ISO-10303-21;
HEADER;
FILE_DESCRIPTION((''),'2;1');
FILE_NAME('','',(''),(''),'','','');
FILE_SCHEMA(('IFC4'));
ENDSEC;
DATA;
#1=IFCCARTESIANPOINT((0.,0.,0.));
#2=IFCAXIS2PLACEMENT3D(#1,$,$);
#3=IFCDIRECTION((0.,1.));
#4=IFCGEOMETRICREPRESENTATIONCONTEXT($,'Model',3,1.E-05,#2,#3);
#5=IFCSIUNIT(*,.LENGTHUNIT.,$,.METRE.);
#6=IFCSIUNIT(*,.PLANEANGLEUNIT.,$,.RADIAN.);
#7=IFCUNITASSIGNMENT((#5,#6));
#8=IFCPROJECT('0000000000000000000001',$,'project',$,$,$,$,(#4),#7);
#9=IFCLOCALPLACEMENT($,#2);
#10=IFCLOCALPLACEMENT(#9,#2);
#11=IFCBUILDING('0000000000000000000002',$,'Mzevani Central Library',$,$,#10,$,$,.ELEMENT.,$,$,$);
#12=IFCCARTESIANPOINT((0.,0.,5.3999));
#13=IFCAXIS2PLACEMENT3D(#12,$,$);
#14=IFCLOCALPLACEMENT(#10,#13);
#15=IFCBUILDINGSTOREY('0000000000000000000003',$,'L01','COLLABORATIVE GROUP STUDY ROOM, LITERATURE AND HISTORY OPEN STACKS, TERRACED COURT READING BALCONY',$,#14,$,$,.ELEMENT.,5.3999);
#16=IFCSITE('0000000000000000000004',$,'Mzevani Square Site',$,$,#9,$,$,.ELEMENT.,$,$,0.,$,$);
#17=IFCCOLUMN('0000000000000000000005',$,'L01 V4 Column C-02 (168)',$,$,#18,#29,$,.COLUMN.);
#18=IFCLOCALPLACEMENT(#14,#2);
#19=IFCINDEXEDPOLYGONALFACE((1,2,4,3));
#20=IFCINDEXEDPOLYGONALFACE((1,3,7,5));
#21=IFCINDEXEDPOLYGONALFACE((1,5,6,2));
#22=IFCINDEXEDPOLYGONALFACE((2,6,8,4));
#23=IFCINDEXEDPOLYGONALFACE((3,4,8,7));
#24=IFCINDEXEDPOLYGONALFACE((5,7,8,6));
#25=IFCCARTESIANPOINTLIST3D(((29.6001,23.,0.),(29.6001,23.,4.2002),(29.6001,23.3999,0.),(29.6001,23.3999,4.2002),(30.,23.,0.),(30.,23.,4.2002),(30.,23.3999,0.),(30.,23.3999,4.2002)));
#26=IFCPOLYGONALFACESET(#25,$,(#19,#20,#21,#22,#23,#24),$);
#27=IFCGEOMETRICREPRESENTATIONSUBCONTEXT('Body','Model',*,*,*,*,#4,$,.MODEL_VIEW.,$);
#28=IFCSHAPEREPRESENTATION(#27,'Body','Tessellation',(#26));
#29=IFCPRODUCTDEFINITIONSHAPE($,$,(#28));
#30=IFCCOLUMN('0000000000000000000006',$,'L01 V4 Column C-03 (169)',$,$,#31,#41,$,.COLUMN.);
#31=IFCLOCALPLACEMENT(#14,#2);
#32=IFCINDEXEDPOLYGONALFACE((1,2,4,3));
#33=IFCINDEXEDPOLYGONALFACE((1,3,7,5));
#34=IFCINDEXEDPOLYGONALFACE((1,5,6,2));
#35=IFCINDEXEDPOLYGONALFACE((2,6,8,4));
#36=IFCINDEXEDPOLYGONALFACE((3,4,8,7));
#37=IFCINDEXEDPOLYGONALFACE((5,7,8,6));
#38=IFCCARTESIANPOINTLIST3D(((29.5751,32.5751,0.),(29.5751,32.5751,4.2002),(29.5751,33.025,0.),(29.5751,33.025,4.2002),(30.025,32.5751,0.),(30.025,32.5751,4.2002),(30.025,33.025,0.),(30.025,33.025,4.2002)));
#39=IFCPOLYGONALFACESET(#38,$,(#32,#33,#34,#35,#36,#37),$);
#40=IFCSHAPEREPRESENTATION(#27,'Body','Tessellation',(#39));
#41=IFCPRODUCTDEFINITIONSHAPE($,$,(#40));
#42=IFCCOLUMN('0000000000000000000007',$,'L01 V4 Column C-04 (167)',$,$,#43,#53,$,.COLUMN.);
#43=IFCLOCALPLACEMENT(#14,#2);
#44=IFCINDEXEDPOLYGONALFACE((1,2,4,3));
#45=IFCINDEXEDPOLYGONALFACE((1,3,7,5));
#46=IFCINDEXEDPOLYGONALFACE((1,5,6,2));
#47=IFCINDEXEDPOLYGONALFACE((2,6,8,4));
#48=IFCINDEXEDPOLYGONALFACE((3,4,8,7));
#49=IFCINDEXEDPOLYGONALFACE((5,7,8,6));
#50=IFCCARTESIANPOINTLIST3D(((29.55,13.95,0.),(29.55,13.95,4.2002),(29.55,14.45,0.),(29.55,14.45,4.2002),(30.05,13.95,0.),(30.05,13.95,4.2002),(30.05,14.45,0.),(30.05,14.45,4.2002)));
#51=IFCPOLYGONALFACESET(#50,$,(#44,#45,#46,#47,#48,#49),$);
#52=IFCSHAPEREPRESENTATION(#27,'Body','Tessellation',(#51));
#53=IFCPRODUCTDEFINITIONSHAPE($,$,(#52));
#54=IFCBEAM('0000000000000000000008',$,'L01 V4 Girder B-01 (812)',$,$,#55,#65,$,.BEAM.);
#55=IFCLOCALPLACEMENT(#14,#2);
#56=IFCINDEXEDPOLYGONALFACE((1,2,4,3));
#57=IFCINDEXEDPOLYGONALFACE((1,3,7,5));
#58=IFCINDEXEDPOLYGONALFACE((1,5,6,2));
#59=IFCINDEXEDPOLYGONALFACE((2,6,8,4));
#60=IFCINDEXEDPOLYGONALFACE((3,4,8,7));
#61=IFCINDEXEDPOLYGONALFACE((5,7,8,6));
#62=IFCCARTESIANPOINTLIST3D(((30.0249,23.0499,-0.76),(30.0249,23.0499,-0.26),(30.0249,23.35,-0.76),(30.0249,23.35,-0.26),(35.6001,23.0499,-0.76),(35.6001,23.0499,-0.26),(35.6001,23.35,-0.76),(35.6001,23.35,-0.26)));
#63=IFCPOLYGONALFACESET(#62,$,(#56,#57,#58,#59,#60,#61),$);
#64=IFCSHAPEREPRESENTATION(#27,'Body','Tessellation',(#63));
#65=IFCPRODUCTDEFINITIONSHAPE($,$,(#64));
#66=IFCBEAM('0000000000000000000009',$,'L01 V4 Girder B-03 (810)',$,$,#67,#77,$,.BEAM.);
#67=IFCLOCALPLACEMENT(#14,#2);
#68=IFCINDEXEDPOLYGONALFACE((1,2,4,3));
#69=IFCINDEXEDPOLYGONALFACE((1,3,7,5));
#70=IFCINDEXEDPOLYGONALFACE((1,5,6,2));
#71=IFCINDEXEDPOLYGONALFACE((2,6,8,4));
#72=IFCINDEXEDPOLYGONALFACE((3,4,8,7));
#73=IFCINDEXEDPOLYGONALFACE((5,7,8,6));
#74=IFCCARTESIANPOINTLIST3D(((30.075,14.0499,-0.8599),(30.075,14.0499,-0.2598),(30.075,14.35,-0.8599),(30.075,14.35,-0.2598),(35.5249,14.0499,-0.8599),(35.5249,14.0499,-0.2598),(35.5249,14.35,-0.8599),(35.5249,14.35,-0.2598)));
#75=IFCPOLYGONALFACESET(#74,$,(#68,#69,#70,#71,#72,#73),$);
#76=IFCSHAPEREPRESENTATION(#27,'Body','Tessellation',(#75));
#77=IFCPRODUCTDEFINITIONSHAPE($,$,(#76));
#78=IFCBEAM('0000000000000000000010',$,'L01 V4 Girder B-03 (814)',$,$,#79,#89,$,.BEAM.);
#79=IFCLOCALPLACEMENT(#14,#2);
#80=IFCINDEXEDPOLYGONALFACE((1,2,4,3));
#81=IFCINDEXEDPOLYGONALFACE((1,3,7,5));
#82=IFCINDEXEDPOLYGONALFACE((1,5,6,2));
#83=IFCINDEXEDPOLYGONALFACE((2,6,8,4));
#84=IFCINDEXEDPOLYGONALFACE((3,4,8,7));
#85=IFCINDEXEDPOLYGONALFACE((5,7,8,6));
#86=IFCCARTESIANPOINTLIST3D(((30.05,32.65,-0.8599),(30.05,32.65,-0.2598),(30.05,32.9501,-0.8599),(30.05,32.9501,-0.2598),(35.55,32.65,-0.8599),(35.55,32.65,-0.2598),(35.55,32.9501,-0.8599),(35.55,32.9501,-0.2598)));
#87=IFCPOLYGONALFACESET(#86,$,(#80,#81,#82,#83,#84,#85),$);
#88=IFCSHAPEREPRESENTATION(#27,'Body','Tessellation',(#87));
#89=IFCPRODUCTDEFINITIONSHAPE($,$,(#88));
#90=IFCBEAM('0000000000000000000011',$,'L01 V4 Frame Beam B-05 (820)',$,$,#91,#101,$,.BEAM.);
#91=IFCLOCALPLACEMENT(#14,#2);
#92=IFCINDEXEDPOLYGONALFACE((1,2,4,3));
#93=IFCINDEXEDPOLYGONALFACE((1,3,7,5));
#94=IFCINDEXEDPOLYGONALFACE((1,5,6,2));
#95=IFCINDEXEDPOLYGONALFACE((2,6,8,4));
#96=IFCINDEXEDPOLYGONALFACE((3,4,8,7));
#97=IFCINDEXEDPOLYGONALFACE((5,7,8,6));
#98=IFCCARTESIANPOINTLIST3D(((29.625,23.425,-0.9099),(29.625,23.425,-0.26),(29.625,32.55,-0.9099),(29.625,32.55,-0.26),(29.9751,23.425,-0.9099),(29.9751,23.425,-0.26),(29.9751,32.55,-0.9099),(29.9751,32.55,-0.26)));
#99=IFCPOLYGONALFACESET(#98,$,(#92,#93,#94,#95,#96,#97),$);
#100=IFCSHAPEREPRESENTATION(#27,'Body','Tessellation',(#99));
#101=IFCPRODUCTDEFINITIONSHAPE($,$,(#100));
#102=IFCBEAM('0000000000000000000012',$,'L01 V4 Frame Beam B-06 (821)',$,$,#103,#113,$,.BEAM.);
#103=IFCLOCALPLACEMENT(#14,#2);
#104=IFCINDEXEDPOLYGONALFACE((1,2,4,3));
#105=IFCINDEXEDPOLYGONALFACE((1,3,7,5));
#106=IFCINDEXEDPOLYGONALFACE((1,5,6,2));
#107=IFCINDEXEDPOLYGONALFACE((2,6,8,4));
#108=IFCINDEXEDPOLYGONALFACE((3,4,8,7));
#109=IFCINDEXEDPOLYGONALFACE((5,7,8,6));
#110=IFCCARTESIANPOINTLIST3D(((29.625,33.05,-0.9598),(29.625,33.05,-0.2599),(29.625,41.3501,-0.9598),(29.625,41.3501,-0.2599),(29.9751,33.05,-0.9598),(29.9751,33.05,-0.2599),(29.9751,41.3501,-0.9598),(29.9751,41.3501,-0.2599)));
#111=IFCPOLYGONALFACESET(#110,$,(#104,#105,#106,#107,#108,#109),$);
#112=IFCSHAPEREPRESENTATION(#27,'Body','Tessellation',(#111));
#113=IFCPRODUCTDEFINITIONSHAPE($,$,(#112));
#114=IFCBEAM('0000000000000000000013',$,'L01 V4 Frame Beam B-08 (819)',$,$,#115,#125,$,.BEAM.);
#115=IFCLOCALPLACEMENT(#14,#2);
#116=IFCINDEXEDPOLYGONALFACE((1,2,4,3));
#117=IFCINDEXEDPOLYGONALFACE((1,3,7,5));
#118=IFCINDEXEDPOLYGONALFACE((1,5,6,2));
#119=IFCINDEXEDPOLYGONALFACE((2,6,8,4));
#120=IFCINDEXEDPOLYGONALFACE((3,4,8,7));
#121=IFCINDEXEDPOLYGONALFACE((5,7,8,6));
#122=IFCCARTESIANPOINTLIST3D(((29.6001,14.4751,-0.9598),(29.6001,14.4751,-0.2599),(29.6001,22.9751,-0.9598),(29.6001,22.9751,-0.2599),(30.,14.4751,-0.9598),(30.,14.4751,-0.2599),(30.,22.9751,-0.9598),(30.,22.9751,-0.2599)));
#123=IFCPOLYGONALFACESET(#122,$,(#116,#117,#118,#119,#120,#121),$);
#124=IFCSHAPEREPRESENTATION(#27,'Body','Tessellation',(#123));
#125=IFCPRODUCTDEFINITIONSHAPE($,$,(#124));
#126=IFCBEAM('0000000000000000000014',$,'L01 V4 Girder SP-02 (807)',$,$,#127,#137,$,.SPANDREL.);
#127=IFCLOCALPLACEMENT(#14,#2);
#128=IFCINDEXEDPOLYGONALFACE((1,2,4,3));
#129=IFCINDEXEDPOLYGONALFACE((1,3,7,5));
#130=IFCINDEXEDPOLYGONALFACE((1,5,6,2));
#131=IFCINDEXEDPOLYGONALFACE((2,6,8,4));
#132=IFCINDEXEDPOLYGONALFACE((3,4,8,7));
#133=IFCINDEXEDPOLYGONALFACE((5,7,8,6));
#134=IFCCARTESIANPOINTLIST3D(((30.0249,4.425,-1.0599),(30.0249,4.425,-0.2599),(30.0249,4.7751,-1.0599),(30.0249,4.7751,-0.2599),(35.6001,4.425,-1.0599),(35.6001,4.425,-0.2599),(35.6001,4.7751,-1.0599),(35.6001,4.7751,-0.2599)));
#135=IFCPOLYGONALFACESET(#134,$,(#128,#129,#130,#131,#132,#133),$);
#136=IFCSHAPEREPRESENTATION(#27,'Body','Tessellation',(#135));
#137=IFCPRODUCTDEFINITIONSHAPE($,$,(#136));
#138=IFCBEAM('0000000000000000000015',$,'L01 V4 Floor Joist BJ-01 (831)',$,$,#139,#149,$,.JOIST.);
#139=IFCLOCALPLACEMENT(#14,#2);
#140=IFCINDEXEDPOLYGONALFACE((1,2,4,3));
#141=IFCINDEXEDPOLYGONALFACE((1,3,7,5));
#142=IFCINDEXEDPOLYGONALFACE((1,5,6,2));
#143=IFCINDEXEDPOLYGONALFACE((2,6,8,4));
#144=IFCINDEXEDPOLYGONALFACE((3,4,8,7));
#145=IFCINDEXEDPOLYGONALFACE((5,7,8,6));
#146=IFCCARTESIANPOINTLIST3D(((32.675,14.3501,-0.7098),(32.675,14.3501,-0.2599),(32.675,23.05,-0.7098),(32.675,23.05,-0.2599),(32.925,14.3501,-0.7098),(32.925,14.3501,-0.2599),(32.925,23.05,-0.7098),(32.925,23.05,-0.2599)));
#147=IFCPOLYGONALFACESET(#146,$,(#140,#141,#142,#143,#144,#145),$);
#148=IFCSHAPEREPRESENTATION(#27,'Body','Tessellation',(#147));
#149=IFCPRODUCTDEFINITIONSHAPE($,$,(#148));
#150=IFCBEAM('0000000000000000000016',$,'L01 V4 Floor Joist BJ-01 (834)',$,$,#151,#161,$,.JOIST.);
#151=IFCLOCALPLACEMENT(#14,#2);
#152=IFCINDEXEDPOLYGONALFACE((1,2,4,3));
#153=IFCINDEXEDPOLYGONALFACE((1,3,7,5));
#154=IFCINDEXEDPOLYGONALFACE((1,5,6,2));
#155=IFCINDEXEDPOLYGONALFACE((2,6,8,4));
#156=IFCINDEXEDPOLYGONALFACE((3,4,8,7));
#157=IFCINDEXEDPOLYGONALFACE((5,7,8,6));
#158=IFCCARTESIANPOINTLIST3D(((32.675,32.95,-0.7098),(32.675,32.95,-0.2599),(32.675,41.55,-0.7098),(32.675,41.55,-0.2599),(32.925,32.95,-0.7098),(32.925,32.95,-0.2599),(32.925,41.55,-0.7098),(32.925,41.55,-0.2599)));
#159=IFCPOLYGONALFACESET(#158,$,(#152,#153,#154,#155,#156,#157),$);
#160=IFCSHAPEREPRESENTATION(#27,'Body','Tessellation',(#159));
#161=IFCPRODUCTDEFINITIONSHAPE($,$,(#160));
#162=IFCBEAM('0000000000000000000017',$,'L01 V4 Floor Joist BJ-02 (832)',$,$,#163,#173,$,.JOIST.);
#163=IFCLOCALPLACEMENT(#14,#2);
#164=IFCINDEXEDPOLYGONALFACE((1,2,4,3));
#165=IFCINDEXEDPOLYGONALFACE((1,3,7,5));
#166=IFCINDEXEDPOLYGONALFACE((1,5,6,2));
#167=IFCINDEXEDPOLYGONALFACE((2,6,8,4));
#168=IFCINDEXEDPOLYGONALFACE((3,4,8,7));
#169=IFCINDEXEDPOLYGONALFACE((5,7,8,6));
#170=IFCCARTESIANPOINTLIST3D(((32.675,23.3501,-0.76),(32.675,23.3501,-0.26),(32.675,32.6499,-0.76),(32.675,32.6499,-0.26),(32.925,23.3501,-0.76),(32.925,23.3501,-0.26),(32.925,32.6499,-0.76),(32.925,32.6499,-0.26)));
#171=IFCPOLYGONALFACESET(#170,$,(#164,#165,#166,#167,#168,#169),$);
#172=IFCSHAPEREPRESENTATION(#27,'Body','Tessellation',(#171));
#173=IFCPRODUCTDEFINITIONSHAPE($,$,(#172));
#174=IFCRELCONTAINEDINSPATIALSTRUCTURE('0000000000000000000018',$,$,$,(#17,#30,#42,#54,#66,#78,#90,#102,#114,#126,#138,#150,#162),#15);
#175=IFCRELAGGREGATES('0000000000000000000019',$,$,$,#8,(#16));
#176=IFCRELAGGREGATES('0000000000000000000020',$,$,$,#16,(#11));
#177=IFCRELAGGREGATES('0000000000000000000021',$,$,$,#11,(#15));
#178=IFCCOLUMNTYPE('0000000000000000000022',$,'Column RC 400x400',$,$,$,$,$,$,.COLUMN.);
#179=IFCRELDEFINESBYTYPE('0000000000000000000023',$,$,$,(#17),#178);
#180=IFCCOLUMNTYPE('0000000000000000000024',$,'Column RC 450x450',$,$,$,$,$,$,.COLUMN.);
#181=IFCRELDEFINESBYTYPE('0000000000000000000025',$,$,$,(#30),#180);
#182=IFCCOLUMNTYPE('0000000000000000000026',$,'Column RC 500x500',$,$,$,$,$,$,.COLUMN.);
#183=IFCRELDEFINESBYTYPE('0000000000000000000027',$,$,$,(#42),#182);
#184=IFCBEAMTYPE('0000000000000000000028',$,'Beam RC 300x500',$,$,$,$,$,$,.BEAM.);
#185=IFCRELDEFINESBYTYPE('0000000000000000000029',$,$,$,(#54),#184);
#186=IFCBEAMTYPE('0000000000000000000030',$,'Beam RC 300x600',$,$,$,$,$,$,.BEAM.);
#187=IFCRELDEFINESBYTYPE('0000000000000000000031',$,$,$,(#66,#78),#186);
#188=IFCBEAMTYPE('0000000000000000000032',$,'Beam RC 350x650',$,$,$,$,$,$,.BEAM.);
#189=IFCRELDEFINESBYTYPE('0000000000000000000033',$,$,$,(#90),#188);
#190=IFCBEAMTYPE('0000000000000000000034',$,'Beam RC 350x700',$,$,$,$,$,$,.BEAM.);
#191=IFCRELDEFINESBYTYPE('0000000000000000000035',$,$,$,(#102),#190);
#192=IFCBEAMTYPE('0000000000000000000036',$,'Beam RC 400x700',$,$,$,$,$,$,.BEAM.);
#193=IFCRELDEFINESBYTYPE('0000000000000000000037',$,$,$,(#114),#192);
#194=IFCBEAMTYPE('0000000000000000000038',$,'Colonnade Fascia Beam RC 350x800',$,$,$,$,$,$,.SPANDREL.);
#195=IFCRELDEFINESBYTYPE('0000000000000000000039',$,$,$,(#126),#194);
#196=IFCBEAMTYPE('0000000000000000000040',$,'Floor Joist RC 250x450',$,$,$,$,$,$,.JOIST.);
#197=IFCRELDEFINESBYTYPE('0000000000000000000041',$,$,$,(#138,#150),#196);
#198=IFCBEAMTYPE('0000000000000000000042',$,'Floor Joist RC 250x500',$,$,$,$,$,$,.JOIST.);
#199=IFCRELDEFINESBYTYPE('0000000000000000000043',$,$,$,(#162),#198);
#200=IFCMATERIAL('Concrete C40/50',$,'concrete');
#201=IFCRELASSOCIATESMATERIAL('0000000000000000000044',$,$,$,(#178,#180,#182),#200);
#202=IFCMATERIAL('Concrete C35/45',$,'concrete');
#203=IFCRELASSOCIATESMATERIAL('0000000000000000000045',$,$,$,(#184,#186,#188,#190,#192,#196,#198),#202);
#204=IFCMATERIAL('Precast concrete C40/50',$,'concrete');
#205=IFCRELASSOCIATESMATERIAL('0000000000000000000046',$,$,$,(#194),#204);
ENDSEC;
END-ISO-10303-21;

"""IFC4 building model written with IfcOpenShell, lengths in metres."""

from ifc_helpers import new_model, si_unit, direction, frame, origin, origin_2d, place, context, subcontext, project, spatial, rectangle, extrude, material, material_profile, profile_set, type_object, element, save


model = new_model("IFC4")

# Units and contexts
model_context = context("Model", 3, precision=1e-05, world=origin(), true_north=direction((0.0, 1.0)))
body_context = subcontext(model_context, "Body", "Model", "MODEL_VIEW")
ifc_project = project(units=[si_unit("LENGTHUNIT", "METRE"), si_unit("PLANEANGLEUNIT", "RADIAN")], contexts=[model_context])

# Site, building, storey
site_placement = place(None, origin())
site = spatial("IfcSite", under=ifc_project, at=site_placement, Name="Mzevani Square Site", CompositionType="ELEMENT", RefElevation=0.0)
building_placement = place(site_placement, origin())
building = spatial("IfcBuilding", under=site, at=building_placement, Name="Mzevani Central Library", CompositionType="ELEMENT")
storey_placement = place(building_placement, frame((0.0, 0.0, 5.3999)))
storey = spatial("IfcBuildingStorey", under=building, at=storey_placement, Name="L01", Description="COLLABORATIVE GROUP STUDY ROOM, LITERATURE AND HISTORY OPEN STACKS, TERRACED COURT READING BALCONY", CompositionType="ELEMENT", Elevation=5.3999)

# Columns
ifc_material_1 = material(Name="Concrete C40/50", Category="concrete")
ifc_material_profile_1 = material_profile(ifc_material_1, rectangle(XDim=0.3999, YDim=0.3999, at=origin_2d()), Name="RC 400x400")
ifc_profile_set_1 = profile_set([ifc_material_profile_1], Name="Concrete C40/50")
column_type_1 = type_object("IfcColumnType", Name="Column RC 400x400", PredefinedType="COLUMN", material=ifc_profile_set_1)
column_1_placement = place(storey_placement, frame((29.8, 23.2, 0.0), z_axis=(0.0, 0.0, 1.0), x_axis=(1.0, 0.0, 0.0)))
element("IfcColumn", 1, at=column_1_placement, inside=storey, type_object=column_type_1, Name="L01 V4 Column C-02 (168)", PredefinedType="COLUMN", context=body_context, shape_type="SweptSolid", body=[
    extrude(rectangle(XDim=0.3999, YDim=0.3999, at=origin_2d()), origin(), (0.0, 0.0, 1.0), 4.2002),
])
ifc_material_profile_2 = material_profile(ifc_material_1, rectangle(XDim=0.45, YDim=0.45, at=origin_2d()), Name="RC 450x450")
ifc_profile_set_2 = profile_set([ifc_material_profile_2], Name="Concrete C40/50")
column_type_2 = type_object("IfcColumnType", Name="Column RC 450x450", PredefinedType="COLUMN", material=ifc_profile_set_2)
column_2_placement = place(storey_placement, frame((29.8, 32.8, 0.0), z_axis=(0.0, 0.0, 1.0), x_axis=(1.0, 0.0, 0.0)))
element("IfcColumn", 2, at=column_2_placement, inside=storey, type_object=column_type_2, Name="L01 V4 Column C-03 (169)", PredefinedType="COLUMN", context=body_context, shape_type="SweptSolid", body=[
    extrude(rectangle(XDim=0.45, YDim=0.45, at=origin_2d()), origin(), (0.0, 0.0, 1.0), 4.2002),
])
ifc_material_profile_3 = material_profile(ifc_material_1, rectangle(XDim=0.5, YDim=0.5, at=origin_2d()), Name="RC 500x500")
ifc_profile_set_3 = profile_set([ifc_material_profile_3], Name="Concrete C40/50")
column_type_3 = type_object("IfcColumnType", Name="Column RC 500x500", PredefinedType="COLUMN", material=ifc_profile_set_3)
column_3_placement = place(storey_placement, frame((29.8, 14.2, 0.0), z_axis=(0.0, 0.0, 1.0), x_axis=(1.0, 0.0, 0.0)))
element("IfcColumn", 3, at=column_3_placement, inside=storey, type_object=column_type_3, Name="L01 V4 Column C-04 (167)", PredefinedType="COLUMN", context=body_context, shape_type="SweptSolid", body=[
    extrude(rectangle(XDim=0.5, YDim=0.5, at=origin_2d()), origin(), (0.0, 0.0, 1.0), 4.2002),
])

# Beams
ifc_material_2 = material(Name="Concrete C35/45", Category="concrete")
ifc_material_profile_4 = material_profile(ifc_material_2, rectangle(XDim=0.3, YDim=0.5, at=origin_2d()), Name="RC B300x500")
ifc_profile_set_4 = profile_set([ifc_material_profile_4], Name="Concrete C35/45")
beam_type_1 = type_object("IfcBeamType", Name="Beam RC 300x500", PredefinedType="BEAM", material=ifc_profile_set_4)
beam_1_placement = place(storey_placement, frame((30.0249, 23.2, -0.51), z_axis=(1.0, 0.0, 0.0), x_axis=(0.0, 1.0, 0.0)))
element("IfcBeam", 4, at=beam_1_placement, inside=storey, type_object=beam_type_1, Name="L01 V4 Girder B-01 (812)", PredefinedType="BEAM", context=body_context, shape_type="SweptSolid", body=[
    extrude(rectangle(XDim=0.3, YDim=0.5, at=origin_2d()), origin(), (0.0, 0.0, 1.0), 5.5752),
])
ifc_material_profile_5 = material_profile(ifc_material_2, rectangle(XDim=0.3, YDim=0.6001, at=origin_2d()), Name="RC B300x600")
ifc_profile_set_5 = profile_set([ifc_material_profile_5], Name="Concrete C35/45")
beam_type_2 = type_object("IfcBeamType", Name="Beam RC 300x600", PredefinedType="BEAM", material=ifc_profile_set_5)
beam_2_placement = place(storey_placement, frame((30.075, 14.2, -0.5598), z_axis=(1.0, 0.0, 0.0), x_axis=(0.0, 1.0, 0.0)))
element("IfcBeam", 5, at=beam_2_placement, inside=storey, type_object=beam_type_2, Name="L01 V4 Girder B-03 (810)", PredefinedType="BEAM", context=body_context, shape_type="SweptSolid", body=[
    extrude(rectangle(XDim=0.3, YDim=0.6001, at=origin_2d()), origin(), (0.0, 0.0, 1.0), 5.45),
])
beam_3_placement = place(storey_placement, frame((30.05, 32.8, -0.5598), z_axis=(1.0, 0.0, 0.0), x_axis=(0.0, 1.0, 0.0)))
element("IfcBeam", 6, at=beam_3_placement, inside=storey, type_object=beam_type_2, Name="L01 V4 Girder B-03 (814)", PredefinedType="BEAM", context=body_context, shape_type="SweptSolid", body=[
    extrude(rectangle(XDim=0.3, YDim=0.6001, at=origin_2d()), origin(), (0.0, 0.0, 1.0), 5.5),
])
ifc_material_profile_6 = material_profile(ifc_material_2, rectangle(XDim=0.3501, YDim=0.6499, at=origin_2d()), Name="RC B350x650")
ifc_profile_set_6 = profile_set([ifc_material_profile_6], Name="Concrete C35/45")
beam_type_3 = type_object("IfcBeamType", Name="Beam RC 350x650", PredefinedType="BEAM", material=ifc_profile_set_6)
beam_4_placement = place(storey_placement, frame((29.8, 23.425, -0.585), z_axis=(0.0, 1.0, 0.0), x_axis=(-1.0, 0.0, 0.0)))
element("IfcBeam", 7, at=beam_4_placement, inside=storey, type_object=beam_type_3, Name="L01 V4 Frame Beam B-05 (820)", PredefinedType="BEAM", context=body_context, shape_type="SweptSolid", body=[
    extrude(rectangle(XDim=0.3501, YDim=0.6499, at=origin_2d()), origin(), (0.0, 0.0, 1.0), 9.125),
])
ifc_material_profile_7 = material_profile(ifc_material_2, rectangle(XDim=0.3501, YDim=0.7, at=origin_2d()), Name="RC B350x700")
ifc_profile_set_7 = profile_set([ifc_material_profile_7], Name="Concrete C35/45")
beam_type_4 = type_object("IfcBeamType", Name="Beam RC 350x700", PredefinedType="BEAM", material=ifc_profile_set_7)
beam_5_placement = place(storey_placement, frame((29.8, 33.05, -0.6099), z_axis=(0.0, 1.0, 0.0), x_axis=(-1.0, 0.0, 0.0)))
element("IfcBeam", 8, at=beam_5_placement, inside=storey, type_object=beam_type_4, Name="L01 V4 Frame Beam B-06 (821)", PredefinedType="BEAM", context=body_context, shape_type="SweptSolid", body=[
    extrude(rectangle(XDim=0.3501, YDim=0.7, at=origin_2d()), origin(), (0.0, 0.0, 1.0), 8.3),
])
ifc_material_profile_8 = material_profile(ifc_material_2, rectangle(XDim=0.3999, YDim=0.7, at=origin_2d()), Name="RC B400x700")
ifc_profile_set_8 = profile_set([ifc_material_profile_8], Name="Concrete C35/45")
beam_type_5 = type_object("IfcBeamType", Name="Beam RC 400x700", PredefinedType="BEAM", material=ifc_profile_set_8)
beam_6_placement = place(storey_placement, frame((29.8, 14.4751, -0.6099), z_axis=(0.0, 1.0, 0.0), x_axis=(-1.0, 0.0, 0.0)))
element("IfcBeam", 9, at=beam_6_placement, inside=storey, type_object=beam_type_5, Name="L01 V4 Frame Beam B-08 (819)", PredefinedType="BEAM", context=body_context, shape_type="SweptSolid", body=[
    extrude(rectangle(XDim=0.3999, YDim=0.7, at=origin_2d()), origin(), (0.0, 0.0, 1.0), 8.5),
])
ifc_material_3 = material(Name="Precast concrete C40/50", Category="concrete")
ifc_material_profile_9 = material_profile(ifc_material_3, rectangle(XDim=0.3501, YDim=0.8, at=origin_2d()), Name="RC SP350x800")
ifc_profile_set_9 = profile_set([ifc_material_profile_9], Name="Precast concrete C40/50")
beam_type_6 = type_object("IfcBeamType", Name="Colonnade Fascia Beam RC 350x800", PredefinedType="SPANDREL", material=ifc_profile_set_9)
beam_7_placement = place(storey_placement, frame((30.0249, 4.6001, -0.6599), z_axis=(1.0, 0.0, 0.0), x_axis=(0.0, 1.0, 0.0)))
element("IfcBeam", 10, at=beam_7_placement, inside=storey, type_object=beam_type_6, Name="L01 V4 Girder SP-02 (807)", PredefinedType="SPANDREL", context=body_context, shape_type="SweptSolid", body=[
    extrude(rectangle(XDim=0.3501, YDim=0.8, at=origin_2d()), origin(), (0.0, 0.0, 1.0), 5.5752),
])
ifc_material_profile_10 = material_profile(ifc_material_2, rectangle(XDim=0.25, YDim=0.45, at=origin_2d()), Name="RC J250x450")
ifc_profile_set_10 = profile_set([ifc_material_profile_10], Name="Concrete C35/45")
beam_type_7 = type_object("IfcBeamType", Name="Floor Joist RC 250x450", PredefinedType="JOIST", material=ifc_profile_set_10)
beam_8_placement = place(storey_placement, frame((32.8, 14.3501, -0.4849), z_axis=(0.0, 1.0, 0.0), x_axis=(-1.0, 0.0, 0.0)))
element("IfcBeam", 11, at=beam_8_placement, inside=storey, type_object=beam_type_7, Name="L01 V4 Floor Joist BJ-01 (831)", PredefinedType="JOIST", context=body_context, shape_type="SweptSolid", body=[
    extrude(rectangle(XDim=0.25, YDim=0.45, at=origin_2d()), origin(), (0.0, 0.0, 1.0), 8.7),
])
beam_9_placement = place(storey_placement, frame((32.8, 32.95, -0.4849), z_axis=(0.0, 1.0, 0.0), x_axis=(-1.0, 0.0, 0.0)))
element("IfcBeam", 12, at=beam_9_placement, inside=storey, type_object=beam_type_7, Name="L01 V4 Floor Joist BJ-01 (834)", PredefinedType="JOIST", context=body_context, shape_type="SweptSolid", body=[
    extrude(rectangle(XDim=0.25, YDim=0.45, at=origin_2d()), origin(), (0.0, 0.0, 1.0), 8.6001),
])
ifc_material_profile_11 = material_profile(ifc_material_2, rectangle(XDim=0.25, YDim=0.5, at=origin_2d()), Name="RC J250x500")
ifc_profile_set_11 = profile_set([ifc_material_profile_11], Name="Concrete C35/45")
beam_type_8 = type_object("IfcBeamType", Name="Floor Joist RC 250x500", PredefinedType="JOIST", material=ifc_profile_set_11)
beam_10_placement = place(storey_placement, frame((32.8, 23.3501, -0.51), z_axis=(0.0, 1.0, 0.0), x_axis=(-1.0, 0.0, 0.0)))
element("IfcBeam", 13, at=beam_10_placement, inside=storey, type_object=beam_type_8, Name="L01 V4 Floor Joist BJ-02 (832)", PredefinedType="JOIST", context=body_context, shape_type="SweptSolid", body=[
    extrude(rectangle(XDim=0.25, YDim=0.5, at=origin_2d()), origin(), (0.0, 0.0, 1.0), 9.2998),
])

save(model, "model.ifc")
